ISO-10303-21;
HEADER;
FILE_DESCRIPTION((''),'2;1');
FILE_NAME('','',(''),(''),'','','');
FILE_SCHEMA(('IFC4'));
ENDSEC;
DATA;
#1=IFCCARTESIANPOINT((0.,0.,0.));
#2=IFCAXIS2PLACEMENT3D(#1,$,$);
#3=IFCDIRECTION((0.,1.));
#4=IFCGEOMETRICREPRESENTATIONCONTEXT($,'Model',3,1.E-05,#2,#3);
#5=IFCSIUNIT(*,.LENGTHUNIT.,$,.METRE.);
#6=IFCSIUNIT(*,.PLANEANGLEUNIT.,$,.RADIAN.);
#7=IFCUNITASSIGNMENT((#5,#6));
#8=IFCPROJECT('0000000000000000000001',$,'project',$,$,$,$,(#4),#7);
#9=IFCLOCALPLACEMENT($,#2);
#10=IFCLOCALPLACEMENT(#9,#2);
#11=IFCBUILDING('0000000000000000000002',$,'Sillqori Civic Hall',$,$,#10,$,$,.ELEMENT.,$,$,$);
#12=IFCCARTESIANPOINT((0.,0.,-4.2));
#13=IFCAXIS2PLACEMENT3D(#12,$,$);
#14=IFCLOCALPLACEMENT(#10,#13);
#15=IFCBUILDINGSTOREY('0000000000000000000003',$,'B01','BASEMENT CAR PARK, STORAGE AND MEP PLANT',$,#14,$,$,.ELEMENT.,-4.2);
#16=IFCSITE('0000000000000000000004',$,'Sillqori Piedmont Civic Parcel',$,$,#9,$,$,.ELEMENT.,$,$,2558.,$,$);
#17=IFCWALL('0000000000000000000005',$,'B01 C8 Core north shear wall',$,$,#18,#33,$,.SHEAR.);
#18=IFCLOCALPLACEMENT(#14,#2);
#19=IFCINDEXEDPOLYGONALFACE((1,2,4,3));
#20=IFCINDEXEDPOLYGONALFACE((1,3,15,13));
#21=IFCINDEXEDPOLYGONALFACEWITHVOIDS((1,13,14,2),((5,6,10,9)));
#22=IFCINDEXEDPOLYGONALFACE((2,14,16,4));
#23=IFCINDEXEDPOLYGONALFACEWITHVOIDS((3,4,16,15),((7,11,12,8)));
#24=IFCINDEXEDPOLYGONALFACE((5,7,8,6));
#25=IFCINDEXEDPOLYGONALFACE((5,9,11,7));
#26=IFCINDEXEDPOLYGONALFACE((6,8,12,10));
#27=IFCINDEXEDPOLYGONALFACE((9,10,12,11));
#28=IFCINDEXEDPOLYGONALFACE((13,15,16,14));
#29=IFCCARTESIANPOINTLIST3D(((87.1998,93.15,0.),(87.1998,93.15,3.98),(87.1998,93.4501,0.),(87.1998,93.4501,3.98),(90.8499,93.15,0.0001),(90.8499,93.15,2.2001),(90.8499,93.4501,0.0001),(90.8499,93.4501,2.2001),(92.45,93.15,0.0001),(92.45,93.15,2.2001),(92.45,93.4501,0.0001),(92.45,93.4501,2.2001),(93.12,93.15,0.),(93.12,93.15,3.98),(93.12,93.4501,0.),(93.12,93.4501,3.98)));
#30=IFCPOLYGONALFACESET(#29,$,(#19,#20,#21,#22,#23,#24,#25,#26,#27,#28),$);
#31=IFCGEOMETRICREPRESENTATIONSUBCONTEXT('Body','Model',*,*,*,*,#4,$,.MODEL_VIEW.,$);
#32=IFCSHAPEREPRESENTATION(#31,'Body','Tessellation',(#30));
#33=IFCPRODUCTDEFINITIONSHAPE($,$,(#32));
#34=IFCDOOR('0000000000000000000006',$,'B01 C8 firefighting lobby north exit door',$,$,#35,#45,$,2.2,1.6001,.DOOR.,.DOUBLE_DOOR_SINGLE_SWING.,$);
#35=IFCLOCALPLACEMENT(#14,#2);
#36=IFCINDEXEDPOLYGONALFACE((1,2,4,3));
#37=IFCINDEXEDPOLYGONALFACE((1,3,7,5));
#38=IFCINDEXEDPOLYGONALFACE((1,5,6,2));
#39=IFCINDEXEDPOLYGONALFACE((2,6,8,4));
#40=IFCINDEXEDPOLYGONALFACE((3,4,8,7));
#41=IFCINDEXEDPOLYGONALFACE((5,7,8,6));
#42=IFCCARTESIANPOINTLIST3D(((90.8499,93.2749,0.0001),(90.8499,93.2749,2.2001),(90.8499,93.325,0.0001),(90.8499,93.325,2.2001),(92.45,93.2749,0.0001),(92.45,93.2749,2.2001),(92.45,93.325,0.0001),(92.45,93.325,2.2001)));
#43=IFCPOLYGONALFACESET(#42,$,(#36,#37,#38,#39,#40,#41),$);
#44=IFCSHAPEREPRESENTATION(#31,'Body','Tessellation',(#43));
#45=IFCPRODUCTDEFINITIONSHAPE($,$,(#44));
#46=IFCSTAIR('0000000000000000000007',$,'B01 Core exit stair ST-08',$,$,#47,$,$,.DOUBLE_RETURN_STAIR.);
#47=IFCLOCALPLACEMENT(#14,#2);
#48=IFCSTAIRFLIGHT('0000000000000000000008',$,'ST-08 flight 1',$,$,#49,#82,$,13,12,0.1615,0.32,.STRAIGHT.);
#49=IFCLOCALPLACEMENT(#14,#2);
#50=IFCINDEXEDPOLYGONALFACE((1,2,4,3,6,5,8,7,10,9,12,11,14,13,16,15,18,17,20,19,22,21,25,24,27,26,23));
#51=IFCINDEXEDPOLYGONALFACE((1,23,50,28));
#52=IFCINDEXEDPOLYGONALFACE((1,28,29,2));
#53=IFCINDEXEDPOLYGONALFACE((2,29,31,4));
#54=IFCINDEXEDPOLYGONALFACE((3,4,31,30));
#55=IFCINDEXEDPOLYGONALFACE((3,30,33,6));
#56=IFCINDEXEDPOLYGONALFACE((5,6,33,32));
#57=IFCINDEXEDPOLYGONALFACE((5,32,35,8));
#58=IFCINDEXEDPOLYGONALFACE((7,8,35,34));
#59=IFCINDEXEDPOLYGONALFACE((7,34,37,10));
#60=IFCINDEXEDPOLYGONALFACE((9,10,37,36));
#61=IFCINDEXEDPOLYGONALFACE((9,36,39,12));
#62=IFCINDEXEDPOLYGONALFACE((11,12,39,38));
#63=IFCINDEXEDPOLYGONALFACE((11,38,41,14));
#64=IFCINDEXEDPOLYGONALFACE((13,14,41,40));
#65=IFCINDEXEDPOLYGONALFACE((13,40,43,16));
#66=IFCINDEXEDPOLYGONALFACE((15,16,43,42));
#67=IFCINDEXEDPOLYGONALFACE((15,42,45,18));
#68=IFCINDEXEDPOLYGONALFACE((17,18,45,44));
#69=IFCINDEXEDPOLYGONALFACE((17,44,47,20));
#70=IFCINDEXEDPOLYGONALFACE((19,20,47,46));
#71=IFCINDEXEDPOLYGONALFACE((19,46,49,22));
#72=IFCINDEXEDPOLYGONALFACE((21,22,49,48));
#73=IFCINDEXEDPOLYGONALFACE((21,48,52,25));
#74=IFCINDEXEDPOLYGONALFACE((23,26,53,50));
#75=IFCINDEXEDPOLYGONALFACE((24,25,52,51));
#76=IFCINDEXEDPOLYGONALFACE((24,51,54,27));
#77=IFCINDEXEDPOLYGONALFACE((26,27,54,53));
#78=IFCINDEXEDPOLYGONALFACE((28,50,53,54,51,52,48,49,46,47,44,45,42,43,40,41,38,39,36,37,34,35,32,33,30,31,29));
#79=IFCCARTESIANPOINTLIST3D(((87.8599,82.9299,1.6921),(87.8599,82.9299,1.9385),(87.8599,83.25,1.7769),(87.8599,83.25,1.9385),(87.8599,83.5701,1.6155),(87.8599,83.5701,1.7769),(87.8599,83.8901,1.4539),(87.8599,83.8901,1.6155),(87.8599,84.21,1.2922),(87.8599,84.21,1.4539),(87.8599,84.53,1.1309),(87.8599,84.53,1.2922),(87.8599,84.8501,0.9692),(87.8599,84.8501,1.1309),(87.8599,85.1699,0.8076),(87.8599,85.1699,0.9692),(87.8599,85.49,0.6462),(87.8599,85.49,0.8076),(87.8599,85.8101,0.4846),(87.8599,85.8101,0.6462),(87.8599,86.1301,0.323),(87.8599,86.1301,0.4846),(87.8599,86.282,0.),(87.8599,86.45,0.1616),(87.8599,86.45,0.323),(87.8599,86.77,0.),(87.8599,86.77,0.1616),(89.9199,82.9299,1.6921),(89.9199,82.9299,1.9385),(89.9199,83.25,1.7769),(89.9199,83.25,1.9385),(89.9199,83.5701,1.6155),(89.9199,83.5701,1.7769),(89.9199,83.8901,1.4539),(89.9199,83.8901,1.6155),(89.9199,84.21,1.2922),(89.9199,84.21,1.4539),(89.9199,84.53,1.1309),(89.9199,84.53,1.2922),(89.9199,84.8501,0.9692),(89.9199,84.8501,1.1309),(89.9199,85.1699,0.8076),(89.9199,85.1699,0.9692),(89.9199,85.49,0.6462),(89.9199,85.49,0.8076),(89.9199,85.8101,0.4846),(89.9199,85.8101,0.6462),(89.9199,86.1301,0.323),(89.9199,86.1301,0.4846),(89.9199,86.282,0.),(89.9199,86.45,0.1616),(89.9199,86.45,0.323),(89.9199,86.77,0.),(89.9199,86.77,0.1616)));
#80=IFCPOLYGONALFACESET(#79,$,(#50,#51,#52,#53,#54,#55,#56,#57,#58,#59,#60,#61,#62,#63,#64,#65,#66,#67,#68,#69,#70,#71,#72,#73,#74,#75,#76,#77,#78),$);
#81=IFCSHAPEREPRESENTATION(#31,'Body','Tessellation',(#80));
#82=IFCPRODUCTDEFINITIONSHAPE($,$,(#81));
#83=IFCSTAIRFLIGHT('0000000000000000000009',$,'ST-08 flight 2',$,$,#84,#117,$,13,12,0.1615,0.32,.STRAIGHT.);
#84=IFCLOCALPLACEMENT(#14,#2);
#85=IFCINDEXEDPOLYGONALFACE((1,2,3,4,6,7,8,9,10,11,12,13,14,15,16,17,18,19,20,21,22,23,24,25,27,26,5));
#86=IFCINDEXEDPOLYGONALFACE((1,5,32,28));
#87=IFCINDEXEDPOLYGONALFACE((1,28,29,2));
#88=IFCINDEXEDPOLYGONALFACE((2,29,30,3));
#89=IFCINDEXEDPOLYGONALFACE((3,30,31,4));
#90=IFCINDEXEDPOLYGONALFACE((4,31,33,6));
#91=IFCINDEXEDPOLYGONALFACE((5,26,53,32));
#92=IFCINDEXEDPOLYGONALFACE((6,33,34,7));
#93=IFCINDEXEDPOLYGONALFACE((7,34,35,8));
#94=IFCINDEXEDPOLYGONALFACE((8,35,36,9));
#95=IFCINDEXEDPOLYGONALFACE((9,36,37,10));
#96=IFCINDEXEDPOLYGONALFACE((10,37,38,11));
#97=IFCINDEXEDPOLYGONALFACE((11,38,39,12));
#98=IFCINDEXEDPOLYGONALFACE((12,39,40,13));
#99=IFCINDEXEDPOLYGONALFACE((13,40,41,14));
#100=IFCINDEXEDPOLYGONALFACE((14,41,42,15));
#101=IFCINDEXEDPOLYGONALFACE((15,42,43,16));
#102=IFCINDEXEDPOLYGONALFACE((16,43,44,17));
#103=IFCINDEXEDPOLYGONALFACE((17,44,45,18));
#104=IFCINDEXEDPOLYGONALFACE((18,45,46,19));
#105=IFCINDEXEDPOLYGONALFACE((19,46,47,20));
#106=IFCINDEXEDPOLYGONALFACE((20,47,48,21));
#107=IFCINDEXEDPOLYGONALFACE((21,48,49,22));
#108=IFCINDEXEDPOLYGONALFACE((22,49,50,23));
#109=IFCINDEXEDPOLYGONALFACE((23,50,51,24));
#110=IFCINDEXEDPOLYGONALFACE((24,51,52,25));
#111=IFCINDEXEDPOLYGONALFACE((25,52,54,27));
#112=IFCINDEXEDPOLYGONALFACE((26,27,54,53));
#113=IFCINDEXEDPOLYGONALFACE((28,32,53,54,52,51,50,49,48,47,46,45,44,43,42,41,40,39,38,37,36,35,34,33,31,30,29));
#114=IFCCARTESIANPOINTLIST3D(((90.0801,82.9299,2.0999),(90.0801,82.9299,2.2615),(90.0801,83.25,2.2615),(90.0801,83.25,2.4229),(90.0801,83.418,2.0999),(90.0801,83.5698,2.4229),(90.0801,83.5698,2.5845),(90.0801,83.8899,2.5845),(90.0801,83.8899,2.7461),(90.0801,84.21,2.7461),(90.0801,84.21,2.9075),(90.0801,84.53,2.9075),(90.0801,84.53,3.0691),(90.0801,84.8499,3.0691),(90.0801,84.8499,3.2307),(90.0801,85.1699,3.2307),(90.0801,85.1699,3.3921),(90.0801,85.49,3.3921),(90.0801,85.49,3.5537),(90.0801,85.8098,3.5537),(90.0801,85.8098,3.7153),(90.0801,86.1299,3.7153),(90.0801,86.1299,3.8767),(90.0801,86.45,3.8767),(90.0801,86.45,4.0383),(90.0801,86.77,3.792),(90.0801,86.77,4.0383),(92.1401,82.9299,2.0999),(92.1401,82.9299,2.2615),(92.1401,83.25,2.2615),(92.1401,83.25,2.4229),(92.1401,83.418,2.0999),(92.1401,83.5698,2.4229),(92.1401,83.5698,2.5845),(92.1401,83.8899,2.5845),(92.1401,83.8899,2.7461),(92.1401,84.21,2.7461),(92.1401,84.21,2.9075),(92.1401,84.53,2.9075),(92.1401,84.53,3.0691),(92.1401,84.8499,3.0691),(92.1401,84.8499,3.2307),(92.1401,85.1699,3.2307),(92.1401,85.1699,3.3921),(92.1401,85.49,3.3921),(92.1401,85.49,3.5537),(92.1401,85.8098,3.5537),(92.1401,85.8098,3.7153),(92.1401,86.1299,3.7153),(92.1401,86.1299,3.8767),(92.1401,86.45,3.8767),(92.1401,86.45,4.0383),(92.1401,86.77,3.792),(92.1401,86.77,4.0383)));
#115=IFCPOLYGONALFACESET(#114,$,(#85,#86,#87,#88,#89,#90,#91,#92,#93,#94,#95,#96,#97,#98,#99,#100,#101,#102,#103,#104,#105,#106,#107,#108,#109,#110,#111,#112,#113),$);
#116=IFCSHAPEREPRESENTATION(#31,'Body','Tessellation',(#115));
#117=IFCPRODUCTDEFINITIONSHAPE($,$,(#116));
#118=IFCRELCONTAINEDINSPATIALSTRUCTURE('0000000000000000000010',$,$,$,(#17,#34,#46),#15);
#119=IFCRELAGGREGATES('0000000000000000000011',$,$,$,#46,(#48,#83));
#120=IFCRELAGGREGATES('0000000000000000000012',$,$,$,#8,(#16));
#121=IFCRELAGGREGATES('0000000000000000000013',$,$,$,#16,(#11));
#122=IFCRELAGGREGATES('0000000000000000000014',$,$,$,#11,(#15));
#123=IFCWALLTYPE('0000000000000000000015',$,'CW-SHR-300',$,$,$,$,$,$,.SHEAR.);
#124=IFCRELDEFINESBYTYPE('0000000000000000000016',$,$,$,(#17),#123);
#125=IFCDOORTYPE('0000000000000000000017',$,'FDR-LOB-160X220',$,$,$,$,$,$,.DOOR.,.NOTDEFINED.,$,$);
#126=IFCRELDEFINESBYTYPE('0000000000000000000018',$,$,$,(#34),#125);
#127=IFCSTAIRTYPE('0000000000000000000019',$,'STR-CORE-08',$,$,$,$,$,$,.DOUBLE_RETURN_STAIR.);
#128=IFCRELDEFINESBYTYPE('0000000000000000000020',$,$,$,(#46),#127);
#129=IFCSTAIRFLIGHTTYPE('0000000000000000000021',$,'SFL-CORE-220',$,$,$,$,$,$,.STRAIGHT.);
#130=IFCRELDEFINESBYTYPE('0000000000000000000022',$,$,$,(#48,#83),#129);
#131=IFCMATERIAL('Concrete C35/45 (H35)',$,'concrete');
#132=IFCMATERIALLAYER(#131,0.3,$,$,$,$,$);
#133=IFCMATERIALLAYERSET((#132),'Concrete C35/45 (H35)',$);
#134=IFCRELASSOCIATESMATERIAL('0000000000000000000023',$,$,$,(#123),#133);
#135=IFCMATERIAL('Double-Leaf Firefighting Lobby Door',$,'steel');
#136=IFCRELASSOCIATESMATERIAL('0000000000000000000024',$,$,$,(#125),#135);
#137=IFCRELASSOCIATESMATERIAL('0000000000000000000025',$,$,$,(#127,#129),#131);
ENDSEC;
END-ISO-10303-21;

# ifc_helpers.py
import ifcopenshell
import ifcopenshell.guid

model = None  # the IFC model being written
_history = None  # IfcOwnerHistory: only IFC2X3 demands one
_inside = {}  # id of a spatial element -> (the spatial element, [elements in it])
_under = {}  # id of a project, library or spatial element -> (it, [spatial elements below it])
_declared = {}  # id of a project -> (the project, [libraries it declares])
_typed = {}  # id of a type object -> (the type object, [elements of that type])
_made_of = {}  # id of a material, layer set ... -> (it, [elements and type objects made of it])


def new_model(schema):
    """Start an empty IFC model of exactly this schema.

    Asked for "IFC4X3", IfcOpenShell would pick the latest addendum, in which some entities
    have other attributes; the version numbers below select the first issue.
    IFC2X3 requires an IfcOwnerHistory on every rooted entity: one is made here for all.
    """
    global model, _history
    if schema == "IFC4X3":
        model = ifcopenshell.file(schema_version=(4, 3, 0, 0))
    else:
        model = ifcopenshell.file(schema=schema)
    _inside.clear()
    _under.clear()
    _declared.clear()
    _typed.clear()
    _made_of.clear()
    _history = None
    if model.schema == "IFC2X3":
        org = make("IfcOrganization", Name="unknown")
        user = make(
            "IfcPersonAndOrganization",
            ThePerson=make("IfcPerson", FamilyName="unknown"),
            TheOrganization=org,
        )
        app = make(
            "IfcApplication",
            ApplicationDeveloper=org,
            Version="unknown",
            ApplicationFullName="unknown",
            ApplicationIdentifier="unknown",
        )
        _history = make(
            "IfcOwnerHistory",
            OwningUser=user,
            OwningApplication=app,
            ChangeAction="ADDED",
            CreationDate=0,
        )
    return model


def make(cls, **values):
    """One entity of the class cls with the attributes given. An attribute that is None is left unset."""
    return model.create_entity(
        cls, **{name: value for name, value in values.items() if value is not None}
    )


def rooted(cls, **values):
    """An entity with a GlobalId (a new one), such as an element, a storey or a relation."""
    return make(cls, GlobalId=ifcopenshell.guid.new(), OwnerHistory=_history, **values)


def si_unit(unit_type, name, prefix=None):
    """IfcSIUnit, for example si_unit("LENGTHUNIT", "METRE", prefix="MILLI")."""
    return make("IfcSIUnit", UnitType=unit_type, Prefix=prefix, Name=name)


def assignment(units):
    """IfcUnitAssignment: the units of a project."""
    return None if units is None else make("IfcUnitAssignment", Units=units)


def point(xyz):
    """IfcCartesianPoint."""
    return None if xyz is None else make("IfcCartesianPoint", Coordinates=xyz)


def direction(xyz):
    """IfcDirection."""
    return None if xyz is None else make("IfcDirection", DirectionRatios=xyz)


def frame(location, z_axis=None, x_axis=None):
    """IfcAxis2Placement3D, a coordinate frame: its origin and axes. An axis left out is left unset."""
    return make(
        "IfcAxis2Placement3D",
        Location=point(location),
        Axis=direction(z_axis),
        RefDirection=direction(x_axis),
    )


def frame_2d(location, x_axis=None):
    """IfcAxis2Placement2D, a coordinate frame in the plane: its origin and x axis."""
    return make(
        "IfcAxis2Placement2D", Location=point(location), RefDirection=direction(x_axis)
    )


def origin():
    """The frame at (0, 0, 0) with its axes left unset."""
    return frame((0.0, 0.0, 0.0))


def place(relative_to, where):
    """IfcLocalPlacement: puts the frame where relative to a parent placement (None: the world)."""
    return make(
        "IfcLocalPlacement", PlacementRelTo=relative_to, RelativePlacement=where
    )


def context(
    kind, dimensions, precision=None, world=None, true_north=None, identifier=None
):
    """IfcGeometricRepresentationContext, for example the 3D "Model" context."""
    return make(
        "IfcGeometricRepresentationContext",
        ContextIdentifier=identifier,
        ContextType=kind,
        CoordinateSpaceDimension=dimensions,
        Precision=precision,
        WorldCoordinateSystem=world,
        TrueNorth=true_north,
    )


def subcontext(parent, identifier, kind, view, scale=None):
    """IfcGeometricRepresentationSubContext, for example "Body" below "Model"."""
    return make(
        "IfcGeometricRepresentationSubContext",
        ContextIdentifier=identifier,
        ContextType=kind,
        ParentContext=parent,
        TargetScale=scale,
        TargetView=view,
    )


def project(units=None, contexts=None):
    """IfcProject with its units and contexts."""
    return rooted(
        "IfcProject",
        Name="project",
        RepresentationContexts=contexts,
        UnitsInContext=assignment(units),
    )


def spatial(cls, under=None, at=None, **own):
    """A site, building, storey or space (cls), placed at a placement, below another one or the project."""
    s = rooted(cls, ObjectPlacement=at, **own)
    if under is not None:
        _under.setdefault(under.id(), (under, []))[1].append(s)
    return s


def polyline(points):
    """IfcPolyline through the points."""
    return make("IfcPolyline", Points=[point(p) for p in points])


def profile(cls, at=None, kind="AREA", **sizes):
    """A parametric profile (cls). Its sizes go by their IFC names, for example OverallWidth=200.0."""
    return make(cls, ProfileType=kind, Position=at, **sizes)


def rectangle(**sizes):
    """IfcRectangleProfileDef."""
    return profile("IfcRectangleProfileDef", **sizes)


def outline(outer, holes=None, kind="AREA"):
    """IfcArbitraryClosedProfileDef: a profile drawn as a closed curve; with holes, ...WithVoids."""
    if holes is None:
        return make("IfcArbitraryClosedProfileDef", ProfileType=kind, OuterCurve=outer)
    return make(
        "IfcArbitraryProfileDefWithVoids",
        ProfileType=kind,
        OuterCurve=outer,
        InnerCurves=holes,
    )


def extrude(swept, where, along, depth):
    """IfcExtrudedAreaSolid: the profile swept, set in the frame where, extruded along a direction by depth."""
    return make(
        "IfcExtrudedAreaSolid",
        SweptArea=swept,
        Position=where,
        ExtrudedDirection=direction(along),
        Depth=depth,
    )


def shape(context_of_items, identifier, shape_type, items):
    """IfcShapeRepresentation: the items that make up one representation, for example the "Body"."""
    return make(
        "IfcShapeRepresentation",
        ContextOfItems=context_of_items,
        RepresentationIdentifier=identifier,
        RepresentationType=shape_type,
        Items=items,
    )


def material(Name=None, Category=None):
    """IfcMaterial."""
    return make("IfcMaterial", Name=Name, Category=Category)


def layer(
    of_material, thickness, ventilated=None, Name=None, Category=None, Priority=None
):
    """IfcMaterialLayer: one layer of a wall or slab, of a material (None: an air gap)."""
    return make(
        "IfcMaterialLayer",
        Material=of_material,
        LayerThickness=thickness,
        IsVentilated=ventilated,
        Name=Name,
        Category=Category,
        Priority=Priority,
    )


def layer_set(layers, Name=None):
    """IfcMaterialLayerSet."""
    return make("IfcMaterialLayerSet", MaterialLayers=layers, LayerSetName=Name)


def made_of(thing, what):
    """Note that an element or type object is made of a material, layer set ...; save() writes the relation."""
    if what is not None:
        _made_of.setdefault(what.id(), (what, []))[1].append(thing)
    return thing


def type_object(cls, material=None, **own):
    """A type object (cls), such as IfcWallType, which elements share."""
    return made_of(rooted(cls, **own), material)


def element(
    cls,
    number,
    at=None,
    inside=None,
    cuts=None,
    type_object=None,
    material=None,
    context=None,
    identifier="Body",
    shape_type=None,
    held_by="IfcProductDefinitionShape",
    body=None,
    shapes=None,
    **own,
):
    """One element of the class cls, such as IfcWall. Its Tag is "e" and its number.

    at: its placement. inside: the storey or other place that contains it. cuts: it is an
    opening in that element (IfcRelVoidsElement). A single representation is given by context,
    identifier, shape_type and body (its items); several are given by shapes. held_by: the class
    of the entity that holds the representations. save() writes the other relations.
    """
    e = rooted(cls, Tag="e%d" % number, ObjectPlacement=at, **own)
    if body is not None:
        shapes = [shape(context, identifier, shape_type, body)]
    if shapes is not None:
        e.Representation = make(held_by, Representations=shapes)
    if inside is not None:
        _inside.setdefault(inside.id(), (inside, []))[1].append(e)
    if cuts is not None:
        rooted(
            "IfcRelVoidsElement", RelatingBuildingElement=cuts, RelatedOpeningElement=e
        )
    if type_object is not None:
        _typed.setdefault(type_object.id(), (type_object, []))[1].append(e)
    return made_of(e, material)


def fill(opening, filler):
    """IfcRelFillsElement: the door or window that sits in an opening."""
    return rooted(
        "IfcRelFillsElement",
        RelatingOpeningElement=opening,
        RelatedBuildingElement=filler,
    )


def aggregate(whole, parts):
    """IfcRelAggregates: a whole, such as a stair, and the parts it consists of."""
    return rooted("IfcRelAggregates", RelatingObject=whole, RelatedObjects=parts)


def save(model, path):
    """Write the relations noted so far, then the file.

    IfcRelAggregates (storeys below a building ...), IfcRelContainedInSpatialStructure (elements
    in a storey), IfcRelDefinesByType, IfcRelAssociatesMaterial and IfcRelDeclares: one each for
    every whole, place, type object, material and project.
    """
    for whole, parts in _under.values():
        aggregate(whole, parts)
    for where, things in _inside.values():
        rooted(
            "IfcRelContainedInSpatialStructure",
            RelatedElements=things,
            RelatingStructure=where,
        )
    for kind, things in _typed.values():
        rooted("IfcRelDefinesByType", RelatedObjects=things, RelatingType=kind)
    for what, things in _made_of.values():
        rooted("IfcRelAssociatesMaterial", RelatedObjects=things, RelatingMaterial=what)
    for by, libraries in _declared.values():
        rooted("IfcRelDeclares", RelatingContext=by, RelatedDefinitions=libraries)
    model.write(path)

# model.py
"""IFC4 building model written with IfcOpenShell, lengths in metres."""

from ifc_helpers import new_model, si_unit, direction, frame, frame_2d, origin, place, context, subcontext, project, spatial, polyline, rectangle, outline, extrude, material, layer, layer_set, type_object, element, fill, aggregate, save


model = new_model("IFC4")

# Units and contexts
model_context = context("Model", 3, precision=1e-05, world=origin(), true_north=direction((0.0, 1.0)))
body_context = subcontext(model_context, "Body", "Model", "MODEL_VIEW")
ifc_project = project(units=[si_unit("LENGTHUNIT", "METRE"), si_unit("PLANEANGLEUNIT", "RADIAN")], contexts=[model_context])

# Site, building, storey
site_placement = place(None, origin())
site = spatial("IfcSite", under=ifc_project, at=site_placement, Name="Sillqori Piedmont Civic Parcel", CompositionType="ELEMENT", RefElevation=2558.0)
building_placement = place(site_placement, origin())
building = spatial("IfcBuilding", under=site, at=building_placement, Name="Sillqori Civic Hall", CompositionType="ELEMENT")
storey_placement = place(building_placement, frame((0.0, 0.0, -4.2)))
storey = spatial("IfcBuildingStorey", under=building, at=storey_placement, Name="B01", Description="BASEMENT CAR PARK, STORAGE AND MEP PLANT", CompositionType="ELEMENT", Elevation=-4.2)

# Shared definitions
ifc_material_1 = material(Name="Concrete C35/45 (H35)", Category="concrete")

# Shared definitions
ifc_layer_1 = layer(ifc_material_1, 0.3)
ifc_layer_set_1 = layer_set([ifc_layer_1], Name="Concrete C35/45 (H35)")
wall_type_1 = type_object("IfcWallType", Name="CW-SHR-300", PredefinedType="SHEAR", material=ifc_layer_set_1)

# Wall, opening, door
wall_1_placement = place(storey_placement, frame((87.2, 93.3, 0.0), z_axis=(0.0, 0.0, 1.0), x_axis=(1.0, 0.0, 0.0)))
wall_1 = element("IfcWall", 1, at=wall_1_placement, inside=storey, type_object=wall_type_1, Name="B01 C8 Core north shear wall", PredefinedType="SHEAR", context=body_context, shape_type="SweptSolid", body=[
    extrude(rectangle(XDim=5.9202, YDim=0.3, at=frame_2d((2.96, 0.0))), origin(), (0.0, 0.0, 1.0), 3.98),
])
opening_1_placement = place(wall_1_placement, frame((3.6499, 0.0, 0.0)))
opening_1 = element("IfcOpeningElement", 2, at=opening_1_placement, cuts=wall_1, PredefinedType="OPENING", context=body_context, shape_type="SweptSolid", body=[
    extrude(rectangle(XDim=1.6001, YDim=2.2, at=frame_2d((0.8, 1.1001))), frame((0.0, 0.1599, 0.0), z_axis=(0.0, -1.0, 0.0), x_axis=(1.0, 0.0, 0.0)), (0.0, 0.0, 1.0), 0.3201),
])
ifc_material_2 = material(Name="Double-Leaf Firefighting Lobby Door", Category="steel")
door_type_1 = type_object("IfcDoorType", Name="FDR-LOB-160X220", OperationType="NOTDEFINED", PredefinedType="DOOR", material=ifc_material_2)
door_1_placement = place(opening_1_placement, origin())
door_1 = element("IfcDoor", 3, at=door_1_placement, inside=storey, type_object=door_type_1, Name="B01 C8 firefighting lobby north exit door", OperationType="DOUBLE_DOOR_SINGLE_SWING", OverallHeight=2.2, OverallWidth=1.6001, PredefinedType="DOOR", context=body_context, shape_type="SweptSolid", body=[
    extrude(rectangle(XDim=1.6001, YDim=2.2, at=frame_2d((0.8, 1.1001))), frame((0.0, 0.0249, 0.0), z_axis=(0.0, -1.0, 0.0), x_axis=(1.0, 0.0, 0.0)), (0.0, 0.0, 1.0), 0.05),
])
fill(opening_1, door_1)

# Stair, stair flights
stair_type = type_object("IfcStairType", Name="STR-CORE-08", PredefinedType="DOUBLE_RETURN_STAIR", material=ifc_material_1)
stair_placement = place(storey_placement, origin())
stair = element("IfcStair", 4, at=stair_placement, inside=storey, type_object=stair_type, Name="B01 Core exit stair ST-08", PredefinedType="DOUBLE_RETURN_STAIR")
stair_flight_type = type_object("IfcStairFlightType", Name="SFL-CORE-220", PredefinedType="STRAIGHT", material=ifc_material_1)
stair_flight_1_placement = place(storey_placement, frame((88.8899, 86.77, 0.0), z_axis=(0.0, 0.0, 1.0), x_axis=(0.0, -1.0, 0.0)))
stair_flight_1 = element("IfcStairFlight", 5, at=stair_flight_1_placement, type_object=stair_flight_type, Name="ST-08 flight 1", NumberOfRisers=13, NumberOfTreads=12, PredefinedType="STRAIGHT", RiserHeight=0.1615, TreadLength=0.32, context=body_context, shape_type="SweptSolid", body=[
    extrude(outline(polyline([(0.0, 0.0), (0.0, 0.1616), (0.3201, 0.1616), (0.3201, 0.323), (0.6399, 0.323), (0.6399, 0.4846), (0.96, 0.4846), (0.96, 0.6462), (1.28, 0.6462), (1.28, 0.8076), (1.6001, 0.8076), (1.6001, 0.9692), (1.9199, 0.9692), (1.9199, 1.1309), (2.24, 1.1309), (2.24, 1.2922), (2.5601, 1.2922), (2.5601, 1.4539), (2.8799, 1.4539), (2.8799, 1.6155), (3.2, 1.6155), (3.2, 1.7769), (3.52, 1.7769), (3.52, 1.9385), (3.8401, 1.9385), (3.8401, 2.1001), (3.8401, 1.6921), (0.488, 0.0), (0.0, 0.0)])), frame((0.0, 1.03, 0.0), z_axis=(0.0, -1.0, 0.0), x_axis=(1.0, 0.0, 0.0)), (0.0, 0.0, 1.0), 2.0601),
])
stair_flight_2_placement = place(storey_placement, frame((91.1101, 82.9299, 2.0999), z_axis=(0.0, 0.0, 1.0), x_axis=(0.0, 1.0, 0.0)))
stair_flight_2 = element("IfcStairFlight", 6, at=stair_flight_2_placement, type_object=stair_flight_type, Name="ST-08 flight 2", NumberOfRisers=13, NumberOfTreads=12, PredefinedType="STRAIGHT", RiserHeight=0.1615, TreadLength=0.32, context=body_context, shape_type="SweptSolid", body=[
    extrude(outline(polyline([(0.0, 0.0), (0.0, 0.1616), (0.3201, 0.1616), (0.3201, 0.323), (0.6399, 0.323), (0.6399, 0.4846), (0.96, 0.4846), (0.96, 0.6462), (1.28, 0.6462), (1.28, 0.8076), (1.6001, 0.8076), (1.6001, 0.9692), (1.9199, 0.9692), (1.9199, 1.1309), (2.24, 1.1309), (2.24, 1.2922), (2.5601, 1.2922), (2.5601, 1.4539), (2.8799, 1.4539), (2.8799, 1.6155), (3.2, 1.6155), (3.2, 1.7769), (3.52, 1.7769), (3.52, 1.9385), (3.8401, 1.9385), (3.8401, 2.1001), (3.8401, 1.6921), (0.488, 0.0), (0.0, 0.0)])), frame((0.0, 1.03, 0.0), z_axis=(0.0, -1.0, 0.0), x_axis=(1.0, 0.0, 0.0)), (0.0, 0.0, 1.0), 2.0601),
])
aggregate(stair, [stair_flight_1, stair_flight_2])

save(model, "model.ifc")
